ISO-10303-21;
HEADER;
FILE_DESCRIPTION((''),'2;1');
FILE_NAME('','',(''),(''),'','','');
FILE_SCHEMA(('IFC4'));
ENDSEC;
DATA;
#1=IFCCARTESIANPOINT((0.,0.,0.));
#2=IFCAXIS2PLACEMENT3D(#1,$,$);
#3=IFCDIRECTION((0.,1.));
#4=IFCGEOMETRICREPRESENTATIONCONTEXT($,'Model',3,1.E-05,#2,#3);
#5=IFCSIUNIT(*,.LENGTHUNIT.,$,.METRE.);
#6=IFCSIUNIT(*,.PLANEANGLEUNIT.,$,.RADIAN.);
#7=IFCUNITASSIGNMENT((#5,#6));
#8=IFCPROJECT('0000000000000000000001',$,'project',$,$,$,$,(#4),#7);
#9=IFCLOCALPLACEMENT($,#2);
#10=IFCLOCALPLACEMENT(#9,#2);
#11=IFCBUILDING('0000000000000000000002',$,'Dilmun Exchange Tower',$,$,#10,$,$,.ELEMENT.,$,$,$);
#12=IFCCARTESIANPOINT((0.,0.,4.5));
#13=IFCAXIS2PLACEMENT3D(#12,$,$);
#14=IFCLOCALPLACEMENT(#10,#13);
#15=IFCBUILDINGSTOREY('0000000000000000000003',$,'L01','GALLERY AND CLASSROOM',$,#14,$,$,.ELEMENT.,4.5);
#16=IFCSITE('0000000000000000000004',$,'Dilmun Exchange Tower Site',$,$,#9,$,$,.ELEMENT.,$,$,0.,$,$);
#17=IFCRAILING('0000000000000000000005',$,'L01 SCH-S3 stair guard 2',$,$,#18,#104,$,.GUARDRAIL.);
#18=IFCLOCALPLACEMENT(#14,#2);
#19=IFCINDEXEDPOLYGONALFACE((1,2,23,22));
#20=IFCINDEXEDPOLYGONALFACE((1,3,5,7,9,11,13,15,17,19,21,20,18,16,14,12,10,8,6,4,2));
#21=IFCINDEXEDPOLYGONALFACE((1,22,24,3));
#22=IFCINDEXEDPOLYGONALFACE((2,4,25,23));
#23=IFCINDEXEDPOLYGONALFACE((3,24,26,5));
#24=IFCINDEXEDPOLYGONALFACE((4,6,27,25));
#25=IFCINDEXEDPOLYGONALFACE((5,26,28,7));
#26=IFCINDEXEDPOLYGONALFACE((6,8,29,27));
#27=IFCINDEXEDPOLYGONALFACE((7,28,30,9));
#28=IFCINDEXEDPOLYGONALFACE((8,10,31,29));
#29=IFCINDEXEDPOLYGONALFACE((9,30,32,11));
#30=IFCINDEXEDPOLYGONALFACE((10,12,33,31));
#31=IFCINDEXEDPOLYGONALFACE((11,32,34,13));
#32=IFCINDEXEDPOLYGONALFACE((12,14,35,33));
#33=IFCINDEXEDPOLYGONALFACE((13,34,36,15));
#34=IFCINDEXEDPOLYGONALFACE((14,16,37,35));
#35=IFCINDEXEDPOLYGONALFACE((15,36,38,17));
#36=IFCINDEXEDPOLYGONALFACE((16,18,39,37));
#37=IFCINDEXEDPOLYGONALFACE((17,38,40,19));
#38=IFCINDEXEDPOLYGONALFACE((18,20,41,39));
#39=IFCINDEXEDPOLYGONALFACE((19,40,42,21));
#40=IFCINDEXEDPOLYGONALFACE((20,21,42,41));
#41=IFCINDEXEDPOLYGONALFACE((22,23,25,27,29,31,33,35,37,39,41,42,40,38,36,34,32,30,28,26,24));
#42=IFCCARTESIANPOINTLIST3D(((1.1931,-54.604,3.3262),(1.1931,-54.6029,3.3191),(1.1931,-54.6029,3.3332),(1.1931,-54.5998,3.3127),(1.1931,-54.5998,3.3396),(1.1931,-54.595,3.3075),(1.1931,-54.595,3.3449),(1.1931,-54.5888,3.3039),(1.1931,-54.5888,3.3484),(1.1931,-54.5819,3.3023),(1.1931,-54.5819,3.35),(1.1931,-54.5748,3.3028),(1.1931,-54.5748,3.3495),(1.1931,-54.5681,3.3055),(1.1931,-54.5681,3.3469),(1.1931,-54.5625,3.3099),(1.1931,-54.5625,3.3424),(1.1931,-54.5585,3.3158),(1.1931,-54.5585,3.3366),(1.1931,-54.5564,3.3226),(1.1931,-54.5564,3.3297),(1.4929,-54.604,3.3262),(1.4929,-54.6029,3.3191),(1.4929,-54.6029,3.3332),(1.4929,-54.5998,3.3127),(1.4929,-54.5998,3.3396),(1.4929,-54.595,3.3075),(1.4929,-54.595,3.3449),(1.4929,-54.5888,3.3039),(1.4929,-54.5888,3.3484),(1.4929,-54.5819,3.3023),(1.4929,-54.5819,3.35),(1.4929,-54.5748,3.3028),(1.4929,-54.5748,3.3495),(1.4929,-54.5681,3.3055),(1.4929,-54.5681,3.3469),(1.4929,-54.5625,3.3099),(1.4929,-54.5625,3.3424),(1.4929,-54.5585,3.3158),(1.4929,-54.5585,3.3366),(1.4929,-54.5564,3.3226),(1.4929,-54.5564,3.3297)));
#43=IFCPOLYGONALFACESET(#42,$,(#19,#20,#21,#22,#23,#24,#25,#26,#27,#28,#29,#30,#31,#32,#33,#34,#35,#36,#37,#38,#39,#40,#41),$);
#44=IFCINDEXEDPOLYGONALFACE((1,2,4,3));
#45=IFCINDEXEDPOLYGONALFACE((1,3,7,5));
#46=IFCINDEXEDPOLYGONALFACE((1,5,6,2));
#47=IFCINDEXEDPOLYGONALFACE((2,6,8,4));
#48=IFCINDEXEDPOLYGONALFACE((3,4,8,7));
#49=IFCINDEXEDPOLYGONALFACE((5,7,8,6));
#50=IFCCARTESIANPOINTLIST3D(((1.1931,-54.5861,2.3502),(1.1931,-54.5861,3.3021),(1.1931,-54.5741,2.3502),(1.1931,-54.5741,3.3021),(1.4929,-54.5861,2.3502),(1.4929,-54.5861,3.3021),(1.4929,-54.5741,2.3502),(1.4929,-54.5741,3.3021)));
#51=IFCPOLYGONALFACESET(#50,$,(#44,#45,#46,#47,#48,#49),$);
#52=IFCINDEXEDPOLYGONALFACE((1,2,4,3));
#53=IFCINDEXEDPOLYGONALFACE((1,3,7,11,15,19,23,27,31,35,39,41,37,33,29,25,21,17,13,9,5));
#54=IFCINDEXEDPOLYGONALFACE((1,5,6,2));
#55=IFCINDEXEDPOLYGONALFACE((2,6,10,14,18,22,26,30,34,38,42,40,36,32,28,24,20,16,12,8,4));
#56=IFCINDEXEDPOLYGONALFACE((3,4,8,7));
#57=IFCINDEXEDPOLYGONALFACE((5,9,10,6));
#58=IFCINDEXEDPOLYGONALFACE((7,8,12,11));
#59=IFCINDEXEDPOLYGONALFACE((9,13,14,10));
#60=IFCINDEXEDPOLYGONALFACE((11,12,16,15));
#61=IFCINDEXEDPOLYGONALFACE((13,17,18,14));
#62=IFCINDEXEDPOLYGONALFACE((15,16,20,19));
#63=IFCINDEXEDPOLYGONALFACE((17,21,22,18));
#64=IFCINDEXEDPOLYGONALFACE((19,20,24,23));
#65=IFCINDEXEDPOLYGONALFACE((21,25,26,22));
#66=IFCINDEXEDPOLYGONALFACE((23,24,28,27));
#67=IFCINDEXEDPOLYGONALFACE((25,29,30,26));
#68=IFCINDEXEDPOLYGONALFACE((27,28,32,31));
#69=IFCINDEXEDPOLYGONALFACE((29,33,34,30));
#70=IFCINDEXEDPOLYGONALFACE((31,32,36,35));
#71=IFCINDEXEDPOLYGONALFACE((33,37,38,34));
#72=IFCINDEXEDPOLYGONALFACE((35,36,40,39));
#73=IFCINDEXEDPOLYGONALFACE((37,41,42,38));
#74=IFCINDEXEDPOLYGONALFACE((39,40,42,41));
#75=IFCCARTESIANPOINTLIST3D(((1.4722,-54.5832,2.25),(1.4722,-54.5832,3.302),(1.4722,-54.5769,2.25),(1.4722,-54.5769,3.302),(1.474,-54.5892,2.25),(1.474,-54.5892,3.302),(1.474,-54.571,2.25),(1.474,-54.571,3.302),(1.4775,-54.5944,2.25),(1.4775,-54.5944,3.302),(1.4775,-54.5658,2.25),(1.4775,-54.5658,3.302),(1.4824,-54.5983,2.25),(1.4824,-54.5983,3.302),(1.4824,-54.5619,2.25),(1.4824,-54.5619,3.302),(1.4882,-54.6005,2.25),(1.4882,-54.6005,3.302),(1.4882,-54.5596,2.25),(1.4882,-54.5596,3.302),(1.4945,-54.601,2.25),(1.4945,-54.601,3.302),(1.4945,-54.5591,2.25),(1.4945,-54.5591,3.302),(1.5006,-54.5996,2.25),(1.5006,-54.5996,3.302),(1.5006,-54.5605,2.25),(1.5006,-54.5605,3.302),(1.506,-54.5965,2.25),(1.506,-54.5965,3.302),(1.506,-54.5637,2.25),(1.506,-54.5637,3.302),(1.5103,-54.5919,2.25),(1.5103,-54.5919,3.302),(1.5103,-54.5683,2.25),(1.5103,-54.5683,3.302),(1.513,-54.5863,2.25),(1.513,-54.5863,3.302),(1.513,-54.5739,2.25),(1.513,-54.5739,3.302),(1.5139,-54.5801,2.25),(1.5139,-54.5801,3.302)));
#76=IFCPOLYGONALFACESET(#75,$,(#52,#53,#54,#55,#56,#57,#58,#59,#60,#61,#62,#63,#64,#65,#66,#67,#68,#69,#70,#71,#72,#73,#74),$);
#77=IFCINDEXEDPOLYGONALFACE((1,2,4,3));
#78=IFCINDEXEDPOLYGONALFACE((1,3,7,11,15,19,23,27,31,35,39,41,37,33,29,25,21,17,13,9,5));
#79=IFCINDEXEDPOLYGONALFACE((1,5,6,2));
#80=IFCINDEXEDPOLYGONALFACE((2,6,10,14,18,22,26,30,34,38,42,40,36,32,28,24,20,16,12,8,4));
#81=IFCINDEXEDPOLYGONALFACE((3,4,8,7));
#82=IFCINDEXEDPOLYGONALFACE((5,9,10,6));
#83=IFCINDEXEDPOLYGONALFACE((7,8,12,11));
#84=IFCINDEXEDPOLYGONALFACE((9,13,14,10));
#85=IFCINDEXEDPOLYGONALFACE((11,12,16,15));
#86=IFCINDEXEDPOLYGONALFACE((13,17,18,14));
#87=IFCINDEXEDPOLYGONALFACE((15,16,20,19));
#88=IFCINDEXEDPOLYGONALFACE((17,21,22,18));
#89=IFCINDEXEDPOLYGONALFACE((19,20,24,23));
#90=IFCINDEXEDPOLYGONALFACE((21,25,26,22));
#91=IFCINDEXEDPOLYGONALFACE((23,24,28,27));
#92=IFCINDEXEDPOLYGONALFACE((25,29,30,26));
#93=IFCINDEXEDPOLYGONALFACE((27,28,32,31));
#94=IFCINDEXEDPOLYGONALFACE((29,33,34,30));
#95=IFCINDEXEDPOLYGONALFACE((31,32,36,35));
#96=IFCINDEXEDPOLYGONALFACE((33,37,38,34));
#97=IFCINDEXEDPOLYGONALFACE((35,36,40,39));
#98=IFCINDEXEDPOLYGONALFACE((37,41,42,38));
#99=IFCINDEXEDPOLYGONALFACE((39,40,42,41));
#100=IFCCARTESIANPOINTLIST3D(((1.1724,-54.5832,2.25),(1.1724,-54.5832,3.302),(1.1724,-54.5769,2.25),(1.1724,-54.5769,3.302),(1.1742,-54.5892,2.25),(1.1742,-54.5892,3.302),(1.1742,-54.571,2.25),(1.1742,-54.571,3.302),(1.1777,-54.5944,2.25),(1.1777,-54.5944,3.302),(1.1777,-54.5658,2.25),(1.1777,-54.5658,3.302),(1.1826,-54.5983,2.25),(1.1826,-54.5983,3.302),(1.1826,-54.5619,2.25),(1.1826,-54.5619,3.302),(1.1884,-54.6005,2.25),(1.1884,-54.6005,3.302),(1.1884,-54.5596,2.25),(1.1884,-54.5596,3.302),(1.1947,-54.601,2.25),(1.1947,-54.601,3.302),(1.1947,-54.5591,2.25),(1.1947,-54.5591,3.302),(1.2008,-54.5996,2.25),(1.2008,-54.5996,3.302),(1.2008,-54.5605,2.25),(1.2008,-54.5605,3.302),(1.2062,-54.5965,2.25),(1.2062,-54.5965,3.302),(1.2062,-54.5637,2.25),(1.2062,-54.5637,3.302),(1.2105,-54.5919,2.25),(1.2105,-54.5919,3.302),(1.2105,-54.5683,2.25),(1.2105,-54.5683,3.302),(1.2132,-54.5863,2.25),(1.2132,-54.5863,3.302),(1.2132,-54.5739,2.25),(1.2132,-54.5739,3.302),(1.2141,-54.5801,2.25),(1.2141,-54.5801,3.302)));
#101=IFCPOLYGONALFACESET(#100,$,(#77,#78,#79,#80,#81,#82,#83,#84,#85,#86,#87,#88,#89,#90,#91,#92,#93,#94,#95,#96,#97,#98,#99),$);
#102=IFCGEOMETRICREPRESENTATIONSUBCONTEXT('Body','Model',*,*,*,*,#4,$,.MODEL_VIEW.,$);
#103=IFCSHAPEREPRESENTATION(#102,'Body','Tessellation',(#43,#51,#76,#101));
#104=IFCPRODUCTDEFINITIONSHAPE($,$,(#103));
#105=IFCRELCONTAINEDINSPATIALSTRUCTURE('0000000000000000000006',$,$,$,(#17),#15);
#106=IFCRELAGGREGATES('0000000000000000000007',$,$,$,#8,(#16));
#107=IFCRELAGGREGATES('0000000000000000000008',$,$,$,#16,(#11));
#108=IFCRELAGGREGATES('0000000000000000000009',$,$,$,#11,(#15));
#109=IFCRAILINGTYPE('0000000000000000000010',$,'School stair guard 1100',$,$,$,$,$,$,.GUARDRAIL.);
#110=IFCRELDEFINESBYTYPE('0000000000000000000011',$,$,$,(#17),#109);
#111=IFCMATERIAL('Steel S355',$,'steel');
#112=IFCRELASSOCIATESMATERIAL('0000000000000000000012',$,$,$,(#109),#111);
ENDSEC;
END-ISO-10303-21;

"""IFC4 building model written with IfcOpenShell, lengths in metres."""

from ifc_helpers import new_model, si_unit, direction, frame, origin, origin_2d, place, context, subcontext, project, spatial, rectangle, circle, extrude, material, type_object, element, save


model = new_model("IFC4")

# Units and contexts
model_context = context("Model", 3, precision=1e-05, world=origin(), true_north=direction((0.0, 1.0)))
body_context = subcontext(model_context, "Body", "Model", "MODEL_VIEW")
ifc_project = project(units=[si_unit("LENGTHUNIT", "METRE"), si_unit("PLANEANGLEUNIT", "RADIAN")], contexts=[model_context])

# Site, building, storey
site_placement = place(None, origin())
site = spatial("IfcSite", under=ifc_project, at=site_placement, Name="Dilmun Exchange Tower Site", CompositionType="ELEMENT", RefElevation=0.0)
building_placement = place(site_placement, origin())
building = spatial("IfcBuilding", under=site, at=building_placement, Name="Dilmun Exchange Tower", CompositionType="ELEMENT")
storey_placement = place(building_placement, frame((0.0, 0.0, 4.5)))
storey = spatial("IfcBuildingStorey", under=building, at=storey_placement, Name="L01", Description="GALLERY AND CLASSROOM", CompositionType="ELEMENT", Elevation=4.5)

# Railing
ifc_material_1 = material(Name="Steel S355", Category="steel")
railing_type_1 = type_object("IfcRailingType", Name="School stair guard 1100", PredefinedType="GUARDRAIL", material=ifc_material_1)
railing_1_placement = place(storey_placement, frame((1.4929, -54.5801, 2.25)))
element("IfcRailing", 1, at=railing_1_placement, inside=storey, type_object=railing_type_1, Name="L01 SCH-S3 stair guard 2", PredefinedType="GUARDRAIL", context=body_context, shape_type="SweptSolid", body=[
    extrude(circle(Radius=0.0239, at=origin_2d()), frame((0.0, 0.0, 1.0762), z_axis=(-1.0, 0.0, 0.0), x_axis=(0.0, -1.0, 0.0)), (0.0, 0.0, 1.0), 0.2998),
    extrude(rectangle(XDim=0.012, YDim=0.9519, at=origin_2d()), frame((0.0, 0.0, 0.5762), z_axis=(-1.0, 0.0, 0.0), x_axis=(0.0, -1.0, 0.0)), (0.0, 0.0, 1.0), 0.2998),
    extrude(circle(Radius=0.021, at=origin_2d()), origin(), (0.0, 0.0, 1.0), 1.052),
    extrude(circle(Radius=0.021, at=origin_2d()), frame((-0.2998, 0.0, 0.0)), (0.0, 0.0, 1.0), 1.052),
])

save(model, "model.ifc")
